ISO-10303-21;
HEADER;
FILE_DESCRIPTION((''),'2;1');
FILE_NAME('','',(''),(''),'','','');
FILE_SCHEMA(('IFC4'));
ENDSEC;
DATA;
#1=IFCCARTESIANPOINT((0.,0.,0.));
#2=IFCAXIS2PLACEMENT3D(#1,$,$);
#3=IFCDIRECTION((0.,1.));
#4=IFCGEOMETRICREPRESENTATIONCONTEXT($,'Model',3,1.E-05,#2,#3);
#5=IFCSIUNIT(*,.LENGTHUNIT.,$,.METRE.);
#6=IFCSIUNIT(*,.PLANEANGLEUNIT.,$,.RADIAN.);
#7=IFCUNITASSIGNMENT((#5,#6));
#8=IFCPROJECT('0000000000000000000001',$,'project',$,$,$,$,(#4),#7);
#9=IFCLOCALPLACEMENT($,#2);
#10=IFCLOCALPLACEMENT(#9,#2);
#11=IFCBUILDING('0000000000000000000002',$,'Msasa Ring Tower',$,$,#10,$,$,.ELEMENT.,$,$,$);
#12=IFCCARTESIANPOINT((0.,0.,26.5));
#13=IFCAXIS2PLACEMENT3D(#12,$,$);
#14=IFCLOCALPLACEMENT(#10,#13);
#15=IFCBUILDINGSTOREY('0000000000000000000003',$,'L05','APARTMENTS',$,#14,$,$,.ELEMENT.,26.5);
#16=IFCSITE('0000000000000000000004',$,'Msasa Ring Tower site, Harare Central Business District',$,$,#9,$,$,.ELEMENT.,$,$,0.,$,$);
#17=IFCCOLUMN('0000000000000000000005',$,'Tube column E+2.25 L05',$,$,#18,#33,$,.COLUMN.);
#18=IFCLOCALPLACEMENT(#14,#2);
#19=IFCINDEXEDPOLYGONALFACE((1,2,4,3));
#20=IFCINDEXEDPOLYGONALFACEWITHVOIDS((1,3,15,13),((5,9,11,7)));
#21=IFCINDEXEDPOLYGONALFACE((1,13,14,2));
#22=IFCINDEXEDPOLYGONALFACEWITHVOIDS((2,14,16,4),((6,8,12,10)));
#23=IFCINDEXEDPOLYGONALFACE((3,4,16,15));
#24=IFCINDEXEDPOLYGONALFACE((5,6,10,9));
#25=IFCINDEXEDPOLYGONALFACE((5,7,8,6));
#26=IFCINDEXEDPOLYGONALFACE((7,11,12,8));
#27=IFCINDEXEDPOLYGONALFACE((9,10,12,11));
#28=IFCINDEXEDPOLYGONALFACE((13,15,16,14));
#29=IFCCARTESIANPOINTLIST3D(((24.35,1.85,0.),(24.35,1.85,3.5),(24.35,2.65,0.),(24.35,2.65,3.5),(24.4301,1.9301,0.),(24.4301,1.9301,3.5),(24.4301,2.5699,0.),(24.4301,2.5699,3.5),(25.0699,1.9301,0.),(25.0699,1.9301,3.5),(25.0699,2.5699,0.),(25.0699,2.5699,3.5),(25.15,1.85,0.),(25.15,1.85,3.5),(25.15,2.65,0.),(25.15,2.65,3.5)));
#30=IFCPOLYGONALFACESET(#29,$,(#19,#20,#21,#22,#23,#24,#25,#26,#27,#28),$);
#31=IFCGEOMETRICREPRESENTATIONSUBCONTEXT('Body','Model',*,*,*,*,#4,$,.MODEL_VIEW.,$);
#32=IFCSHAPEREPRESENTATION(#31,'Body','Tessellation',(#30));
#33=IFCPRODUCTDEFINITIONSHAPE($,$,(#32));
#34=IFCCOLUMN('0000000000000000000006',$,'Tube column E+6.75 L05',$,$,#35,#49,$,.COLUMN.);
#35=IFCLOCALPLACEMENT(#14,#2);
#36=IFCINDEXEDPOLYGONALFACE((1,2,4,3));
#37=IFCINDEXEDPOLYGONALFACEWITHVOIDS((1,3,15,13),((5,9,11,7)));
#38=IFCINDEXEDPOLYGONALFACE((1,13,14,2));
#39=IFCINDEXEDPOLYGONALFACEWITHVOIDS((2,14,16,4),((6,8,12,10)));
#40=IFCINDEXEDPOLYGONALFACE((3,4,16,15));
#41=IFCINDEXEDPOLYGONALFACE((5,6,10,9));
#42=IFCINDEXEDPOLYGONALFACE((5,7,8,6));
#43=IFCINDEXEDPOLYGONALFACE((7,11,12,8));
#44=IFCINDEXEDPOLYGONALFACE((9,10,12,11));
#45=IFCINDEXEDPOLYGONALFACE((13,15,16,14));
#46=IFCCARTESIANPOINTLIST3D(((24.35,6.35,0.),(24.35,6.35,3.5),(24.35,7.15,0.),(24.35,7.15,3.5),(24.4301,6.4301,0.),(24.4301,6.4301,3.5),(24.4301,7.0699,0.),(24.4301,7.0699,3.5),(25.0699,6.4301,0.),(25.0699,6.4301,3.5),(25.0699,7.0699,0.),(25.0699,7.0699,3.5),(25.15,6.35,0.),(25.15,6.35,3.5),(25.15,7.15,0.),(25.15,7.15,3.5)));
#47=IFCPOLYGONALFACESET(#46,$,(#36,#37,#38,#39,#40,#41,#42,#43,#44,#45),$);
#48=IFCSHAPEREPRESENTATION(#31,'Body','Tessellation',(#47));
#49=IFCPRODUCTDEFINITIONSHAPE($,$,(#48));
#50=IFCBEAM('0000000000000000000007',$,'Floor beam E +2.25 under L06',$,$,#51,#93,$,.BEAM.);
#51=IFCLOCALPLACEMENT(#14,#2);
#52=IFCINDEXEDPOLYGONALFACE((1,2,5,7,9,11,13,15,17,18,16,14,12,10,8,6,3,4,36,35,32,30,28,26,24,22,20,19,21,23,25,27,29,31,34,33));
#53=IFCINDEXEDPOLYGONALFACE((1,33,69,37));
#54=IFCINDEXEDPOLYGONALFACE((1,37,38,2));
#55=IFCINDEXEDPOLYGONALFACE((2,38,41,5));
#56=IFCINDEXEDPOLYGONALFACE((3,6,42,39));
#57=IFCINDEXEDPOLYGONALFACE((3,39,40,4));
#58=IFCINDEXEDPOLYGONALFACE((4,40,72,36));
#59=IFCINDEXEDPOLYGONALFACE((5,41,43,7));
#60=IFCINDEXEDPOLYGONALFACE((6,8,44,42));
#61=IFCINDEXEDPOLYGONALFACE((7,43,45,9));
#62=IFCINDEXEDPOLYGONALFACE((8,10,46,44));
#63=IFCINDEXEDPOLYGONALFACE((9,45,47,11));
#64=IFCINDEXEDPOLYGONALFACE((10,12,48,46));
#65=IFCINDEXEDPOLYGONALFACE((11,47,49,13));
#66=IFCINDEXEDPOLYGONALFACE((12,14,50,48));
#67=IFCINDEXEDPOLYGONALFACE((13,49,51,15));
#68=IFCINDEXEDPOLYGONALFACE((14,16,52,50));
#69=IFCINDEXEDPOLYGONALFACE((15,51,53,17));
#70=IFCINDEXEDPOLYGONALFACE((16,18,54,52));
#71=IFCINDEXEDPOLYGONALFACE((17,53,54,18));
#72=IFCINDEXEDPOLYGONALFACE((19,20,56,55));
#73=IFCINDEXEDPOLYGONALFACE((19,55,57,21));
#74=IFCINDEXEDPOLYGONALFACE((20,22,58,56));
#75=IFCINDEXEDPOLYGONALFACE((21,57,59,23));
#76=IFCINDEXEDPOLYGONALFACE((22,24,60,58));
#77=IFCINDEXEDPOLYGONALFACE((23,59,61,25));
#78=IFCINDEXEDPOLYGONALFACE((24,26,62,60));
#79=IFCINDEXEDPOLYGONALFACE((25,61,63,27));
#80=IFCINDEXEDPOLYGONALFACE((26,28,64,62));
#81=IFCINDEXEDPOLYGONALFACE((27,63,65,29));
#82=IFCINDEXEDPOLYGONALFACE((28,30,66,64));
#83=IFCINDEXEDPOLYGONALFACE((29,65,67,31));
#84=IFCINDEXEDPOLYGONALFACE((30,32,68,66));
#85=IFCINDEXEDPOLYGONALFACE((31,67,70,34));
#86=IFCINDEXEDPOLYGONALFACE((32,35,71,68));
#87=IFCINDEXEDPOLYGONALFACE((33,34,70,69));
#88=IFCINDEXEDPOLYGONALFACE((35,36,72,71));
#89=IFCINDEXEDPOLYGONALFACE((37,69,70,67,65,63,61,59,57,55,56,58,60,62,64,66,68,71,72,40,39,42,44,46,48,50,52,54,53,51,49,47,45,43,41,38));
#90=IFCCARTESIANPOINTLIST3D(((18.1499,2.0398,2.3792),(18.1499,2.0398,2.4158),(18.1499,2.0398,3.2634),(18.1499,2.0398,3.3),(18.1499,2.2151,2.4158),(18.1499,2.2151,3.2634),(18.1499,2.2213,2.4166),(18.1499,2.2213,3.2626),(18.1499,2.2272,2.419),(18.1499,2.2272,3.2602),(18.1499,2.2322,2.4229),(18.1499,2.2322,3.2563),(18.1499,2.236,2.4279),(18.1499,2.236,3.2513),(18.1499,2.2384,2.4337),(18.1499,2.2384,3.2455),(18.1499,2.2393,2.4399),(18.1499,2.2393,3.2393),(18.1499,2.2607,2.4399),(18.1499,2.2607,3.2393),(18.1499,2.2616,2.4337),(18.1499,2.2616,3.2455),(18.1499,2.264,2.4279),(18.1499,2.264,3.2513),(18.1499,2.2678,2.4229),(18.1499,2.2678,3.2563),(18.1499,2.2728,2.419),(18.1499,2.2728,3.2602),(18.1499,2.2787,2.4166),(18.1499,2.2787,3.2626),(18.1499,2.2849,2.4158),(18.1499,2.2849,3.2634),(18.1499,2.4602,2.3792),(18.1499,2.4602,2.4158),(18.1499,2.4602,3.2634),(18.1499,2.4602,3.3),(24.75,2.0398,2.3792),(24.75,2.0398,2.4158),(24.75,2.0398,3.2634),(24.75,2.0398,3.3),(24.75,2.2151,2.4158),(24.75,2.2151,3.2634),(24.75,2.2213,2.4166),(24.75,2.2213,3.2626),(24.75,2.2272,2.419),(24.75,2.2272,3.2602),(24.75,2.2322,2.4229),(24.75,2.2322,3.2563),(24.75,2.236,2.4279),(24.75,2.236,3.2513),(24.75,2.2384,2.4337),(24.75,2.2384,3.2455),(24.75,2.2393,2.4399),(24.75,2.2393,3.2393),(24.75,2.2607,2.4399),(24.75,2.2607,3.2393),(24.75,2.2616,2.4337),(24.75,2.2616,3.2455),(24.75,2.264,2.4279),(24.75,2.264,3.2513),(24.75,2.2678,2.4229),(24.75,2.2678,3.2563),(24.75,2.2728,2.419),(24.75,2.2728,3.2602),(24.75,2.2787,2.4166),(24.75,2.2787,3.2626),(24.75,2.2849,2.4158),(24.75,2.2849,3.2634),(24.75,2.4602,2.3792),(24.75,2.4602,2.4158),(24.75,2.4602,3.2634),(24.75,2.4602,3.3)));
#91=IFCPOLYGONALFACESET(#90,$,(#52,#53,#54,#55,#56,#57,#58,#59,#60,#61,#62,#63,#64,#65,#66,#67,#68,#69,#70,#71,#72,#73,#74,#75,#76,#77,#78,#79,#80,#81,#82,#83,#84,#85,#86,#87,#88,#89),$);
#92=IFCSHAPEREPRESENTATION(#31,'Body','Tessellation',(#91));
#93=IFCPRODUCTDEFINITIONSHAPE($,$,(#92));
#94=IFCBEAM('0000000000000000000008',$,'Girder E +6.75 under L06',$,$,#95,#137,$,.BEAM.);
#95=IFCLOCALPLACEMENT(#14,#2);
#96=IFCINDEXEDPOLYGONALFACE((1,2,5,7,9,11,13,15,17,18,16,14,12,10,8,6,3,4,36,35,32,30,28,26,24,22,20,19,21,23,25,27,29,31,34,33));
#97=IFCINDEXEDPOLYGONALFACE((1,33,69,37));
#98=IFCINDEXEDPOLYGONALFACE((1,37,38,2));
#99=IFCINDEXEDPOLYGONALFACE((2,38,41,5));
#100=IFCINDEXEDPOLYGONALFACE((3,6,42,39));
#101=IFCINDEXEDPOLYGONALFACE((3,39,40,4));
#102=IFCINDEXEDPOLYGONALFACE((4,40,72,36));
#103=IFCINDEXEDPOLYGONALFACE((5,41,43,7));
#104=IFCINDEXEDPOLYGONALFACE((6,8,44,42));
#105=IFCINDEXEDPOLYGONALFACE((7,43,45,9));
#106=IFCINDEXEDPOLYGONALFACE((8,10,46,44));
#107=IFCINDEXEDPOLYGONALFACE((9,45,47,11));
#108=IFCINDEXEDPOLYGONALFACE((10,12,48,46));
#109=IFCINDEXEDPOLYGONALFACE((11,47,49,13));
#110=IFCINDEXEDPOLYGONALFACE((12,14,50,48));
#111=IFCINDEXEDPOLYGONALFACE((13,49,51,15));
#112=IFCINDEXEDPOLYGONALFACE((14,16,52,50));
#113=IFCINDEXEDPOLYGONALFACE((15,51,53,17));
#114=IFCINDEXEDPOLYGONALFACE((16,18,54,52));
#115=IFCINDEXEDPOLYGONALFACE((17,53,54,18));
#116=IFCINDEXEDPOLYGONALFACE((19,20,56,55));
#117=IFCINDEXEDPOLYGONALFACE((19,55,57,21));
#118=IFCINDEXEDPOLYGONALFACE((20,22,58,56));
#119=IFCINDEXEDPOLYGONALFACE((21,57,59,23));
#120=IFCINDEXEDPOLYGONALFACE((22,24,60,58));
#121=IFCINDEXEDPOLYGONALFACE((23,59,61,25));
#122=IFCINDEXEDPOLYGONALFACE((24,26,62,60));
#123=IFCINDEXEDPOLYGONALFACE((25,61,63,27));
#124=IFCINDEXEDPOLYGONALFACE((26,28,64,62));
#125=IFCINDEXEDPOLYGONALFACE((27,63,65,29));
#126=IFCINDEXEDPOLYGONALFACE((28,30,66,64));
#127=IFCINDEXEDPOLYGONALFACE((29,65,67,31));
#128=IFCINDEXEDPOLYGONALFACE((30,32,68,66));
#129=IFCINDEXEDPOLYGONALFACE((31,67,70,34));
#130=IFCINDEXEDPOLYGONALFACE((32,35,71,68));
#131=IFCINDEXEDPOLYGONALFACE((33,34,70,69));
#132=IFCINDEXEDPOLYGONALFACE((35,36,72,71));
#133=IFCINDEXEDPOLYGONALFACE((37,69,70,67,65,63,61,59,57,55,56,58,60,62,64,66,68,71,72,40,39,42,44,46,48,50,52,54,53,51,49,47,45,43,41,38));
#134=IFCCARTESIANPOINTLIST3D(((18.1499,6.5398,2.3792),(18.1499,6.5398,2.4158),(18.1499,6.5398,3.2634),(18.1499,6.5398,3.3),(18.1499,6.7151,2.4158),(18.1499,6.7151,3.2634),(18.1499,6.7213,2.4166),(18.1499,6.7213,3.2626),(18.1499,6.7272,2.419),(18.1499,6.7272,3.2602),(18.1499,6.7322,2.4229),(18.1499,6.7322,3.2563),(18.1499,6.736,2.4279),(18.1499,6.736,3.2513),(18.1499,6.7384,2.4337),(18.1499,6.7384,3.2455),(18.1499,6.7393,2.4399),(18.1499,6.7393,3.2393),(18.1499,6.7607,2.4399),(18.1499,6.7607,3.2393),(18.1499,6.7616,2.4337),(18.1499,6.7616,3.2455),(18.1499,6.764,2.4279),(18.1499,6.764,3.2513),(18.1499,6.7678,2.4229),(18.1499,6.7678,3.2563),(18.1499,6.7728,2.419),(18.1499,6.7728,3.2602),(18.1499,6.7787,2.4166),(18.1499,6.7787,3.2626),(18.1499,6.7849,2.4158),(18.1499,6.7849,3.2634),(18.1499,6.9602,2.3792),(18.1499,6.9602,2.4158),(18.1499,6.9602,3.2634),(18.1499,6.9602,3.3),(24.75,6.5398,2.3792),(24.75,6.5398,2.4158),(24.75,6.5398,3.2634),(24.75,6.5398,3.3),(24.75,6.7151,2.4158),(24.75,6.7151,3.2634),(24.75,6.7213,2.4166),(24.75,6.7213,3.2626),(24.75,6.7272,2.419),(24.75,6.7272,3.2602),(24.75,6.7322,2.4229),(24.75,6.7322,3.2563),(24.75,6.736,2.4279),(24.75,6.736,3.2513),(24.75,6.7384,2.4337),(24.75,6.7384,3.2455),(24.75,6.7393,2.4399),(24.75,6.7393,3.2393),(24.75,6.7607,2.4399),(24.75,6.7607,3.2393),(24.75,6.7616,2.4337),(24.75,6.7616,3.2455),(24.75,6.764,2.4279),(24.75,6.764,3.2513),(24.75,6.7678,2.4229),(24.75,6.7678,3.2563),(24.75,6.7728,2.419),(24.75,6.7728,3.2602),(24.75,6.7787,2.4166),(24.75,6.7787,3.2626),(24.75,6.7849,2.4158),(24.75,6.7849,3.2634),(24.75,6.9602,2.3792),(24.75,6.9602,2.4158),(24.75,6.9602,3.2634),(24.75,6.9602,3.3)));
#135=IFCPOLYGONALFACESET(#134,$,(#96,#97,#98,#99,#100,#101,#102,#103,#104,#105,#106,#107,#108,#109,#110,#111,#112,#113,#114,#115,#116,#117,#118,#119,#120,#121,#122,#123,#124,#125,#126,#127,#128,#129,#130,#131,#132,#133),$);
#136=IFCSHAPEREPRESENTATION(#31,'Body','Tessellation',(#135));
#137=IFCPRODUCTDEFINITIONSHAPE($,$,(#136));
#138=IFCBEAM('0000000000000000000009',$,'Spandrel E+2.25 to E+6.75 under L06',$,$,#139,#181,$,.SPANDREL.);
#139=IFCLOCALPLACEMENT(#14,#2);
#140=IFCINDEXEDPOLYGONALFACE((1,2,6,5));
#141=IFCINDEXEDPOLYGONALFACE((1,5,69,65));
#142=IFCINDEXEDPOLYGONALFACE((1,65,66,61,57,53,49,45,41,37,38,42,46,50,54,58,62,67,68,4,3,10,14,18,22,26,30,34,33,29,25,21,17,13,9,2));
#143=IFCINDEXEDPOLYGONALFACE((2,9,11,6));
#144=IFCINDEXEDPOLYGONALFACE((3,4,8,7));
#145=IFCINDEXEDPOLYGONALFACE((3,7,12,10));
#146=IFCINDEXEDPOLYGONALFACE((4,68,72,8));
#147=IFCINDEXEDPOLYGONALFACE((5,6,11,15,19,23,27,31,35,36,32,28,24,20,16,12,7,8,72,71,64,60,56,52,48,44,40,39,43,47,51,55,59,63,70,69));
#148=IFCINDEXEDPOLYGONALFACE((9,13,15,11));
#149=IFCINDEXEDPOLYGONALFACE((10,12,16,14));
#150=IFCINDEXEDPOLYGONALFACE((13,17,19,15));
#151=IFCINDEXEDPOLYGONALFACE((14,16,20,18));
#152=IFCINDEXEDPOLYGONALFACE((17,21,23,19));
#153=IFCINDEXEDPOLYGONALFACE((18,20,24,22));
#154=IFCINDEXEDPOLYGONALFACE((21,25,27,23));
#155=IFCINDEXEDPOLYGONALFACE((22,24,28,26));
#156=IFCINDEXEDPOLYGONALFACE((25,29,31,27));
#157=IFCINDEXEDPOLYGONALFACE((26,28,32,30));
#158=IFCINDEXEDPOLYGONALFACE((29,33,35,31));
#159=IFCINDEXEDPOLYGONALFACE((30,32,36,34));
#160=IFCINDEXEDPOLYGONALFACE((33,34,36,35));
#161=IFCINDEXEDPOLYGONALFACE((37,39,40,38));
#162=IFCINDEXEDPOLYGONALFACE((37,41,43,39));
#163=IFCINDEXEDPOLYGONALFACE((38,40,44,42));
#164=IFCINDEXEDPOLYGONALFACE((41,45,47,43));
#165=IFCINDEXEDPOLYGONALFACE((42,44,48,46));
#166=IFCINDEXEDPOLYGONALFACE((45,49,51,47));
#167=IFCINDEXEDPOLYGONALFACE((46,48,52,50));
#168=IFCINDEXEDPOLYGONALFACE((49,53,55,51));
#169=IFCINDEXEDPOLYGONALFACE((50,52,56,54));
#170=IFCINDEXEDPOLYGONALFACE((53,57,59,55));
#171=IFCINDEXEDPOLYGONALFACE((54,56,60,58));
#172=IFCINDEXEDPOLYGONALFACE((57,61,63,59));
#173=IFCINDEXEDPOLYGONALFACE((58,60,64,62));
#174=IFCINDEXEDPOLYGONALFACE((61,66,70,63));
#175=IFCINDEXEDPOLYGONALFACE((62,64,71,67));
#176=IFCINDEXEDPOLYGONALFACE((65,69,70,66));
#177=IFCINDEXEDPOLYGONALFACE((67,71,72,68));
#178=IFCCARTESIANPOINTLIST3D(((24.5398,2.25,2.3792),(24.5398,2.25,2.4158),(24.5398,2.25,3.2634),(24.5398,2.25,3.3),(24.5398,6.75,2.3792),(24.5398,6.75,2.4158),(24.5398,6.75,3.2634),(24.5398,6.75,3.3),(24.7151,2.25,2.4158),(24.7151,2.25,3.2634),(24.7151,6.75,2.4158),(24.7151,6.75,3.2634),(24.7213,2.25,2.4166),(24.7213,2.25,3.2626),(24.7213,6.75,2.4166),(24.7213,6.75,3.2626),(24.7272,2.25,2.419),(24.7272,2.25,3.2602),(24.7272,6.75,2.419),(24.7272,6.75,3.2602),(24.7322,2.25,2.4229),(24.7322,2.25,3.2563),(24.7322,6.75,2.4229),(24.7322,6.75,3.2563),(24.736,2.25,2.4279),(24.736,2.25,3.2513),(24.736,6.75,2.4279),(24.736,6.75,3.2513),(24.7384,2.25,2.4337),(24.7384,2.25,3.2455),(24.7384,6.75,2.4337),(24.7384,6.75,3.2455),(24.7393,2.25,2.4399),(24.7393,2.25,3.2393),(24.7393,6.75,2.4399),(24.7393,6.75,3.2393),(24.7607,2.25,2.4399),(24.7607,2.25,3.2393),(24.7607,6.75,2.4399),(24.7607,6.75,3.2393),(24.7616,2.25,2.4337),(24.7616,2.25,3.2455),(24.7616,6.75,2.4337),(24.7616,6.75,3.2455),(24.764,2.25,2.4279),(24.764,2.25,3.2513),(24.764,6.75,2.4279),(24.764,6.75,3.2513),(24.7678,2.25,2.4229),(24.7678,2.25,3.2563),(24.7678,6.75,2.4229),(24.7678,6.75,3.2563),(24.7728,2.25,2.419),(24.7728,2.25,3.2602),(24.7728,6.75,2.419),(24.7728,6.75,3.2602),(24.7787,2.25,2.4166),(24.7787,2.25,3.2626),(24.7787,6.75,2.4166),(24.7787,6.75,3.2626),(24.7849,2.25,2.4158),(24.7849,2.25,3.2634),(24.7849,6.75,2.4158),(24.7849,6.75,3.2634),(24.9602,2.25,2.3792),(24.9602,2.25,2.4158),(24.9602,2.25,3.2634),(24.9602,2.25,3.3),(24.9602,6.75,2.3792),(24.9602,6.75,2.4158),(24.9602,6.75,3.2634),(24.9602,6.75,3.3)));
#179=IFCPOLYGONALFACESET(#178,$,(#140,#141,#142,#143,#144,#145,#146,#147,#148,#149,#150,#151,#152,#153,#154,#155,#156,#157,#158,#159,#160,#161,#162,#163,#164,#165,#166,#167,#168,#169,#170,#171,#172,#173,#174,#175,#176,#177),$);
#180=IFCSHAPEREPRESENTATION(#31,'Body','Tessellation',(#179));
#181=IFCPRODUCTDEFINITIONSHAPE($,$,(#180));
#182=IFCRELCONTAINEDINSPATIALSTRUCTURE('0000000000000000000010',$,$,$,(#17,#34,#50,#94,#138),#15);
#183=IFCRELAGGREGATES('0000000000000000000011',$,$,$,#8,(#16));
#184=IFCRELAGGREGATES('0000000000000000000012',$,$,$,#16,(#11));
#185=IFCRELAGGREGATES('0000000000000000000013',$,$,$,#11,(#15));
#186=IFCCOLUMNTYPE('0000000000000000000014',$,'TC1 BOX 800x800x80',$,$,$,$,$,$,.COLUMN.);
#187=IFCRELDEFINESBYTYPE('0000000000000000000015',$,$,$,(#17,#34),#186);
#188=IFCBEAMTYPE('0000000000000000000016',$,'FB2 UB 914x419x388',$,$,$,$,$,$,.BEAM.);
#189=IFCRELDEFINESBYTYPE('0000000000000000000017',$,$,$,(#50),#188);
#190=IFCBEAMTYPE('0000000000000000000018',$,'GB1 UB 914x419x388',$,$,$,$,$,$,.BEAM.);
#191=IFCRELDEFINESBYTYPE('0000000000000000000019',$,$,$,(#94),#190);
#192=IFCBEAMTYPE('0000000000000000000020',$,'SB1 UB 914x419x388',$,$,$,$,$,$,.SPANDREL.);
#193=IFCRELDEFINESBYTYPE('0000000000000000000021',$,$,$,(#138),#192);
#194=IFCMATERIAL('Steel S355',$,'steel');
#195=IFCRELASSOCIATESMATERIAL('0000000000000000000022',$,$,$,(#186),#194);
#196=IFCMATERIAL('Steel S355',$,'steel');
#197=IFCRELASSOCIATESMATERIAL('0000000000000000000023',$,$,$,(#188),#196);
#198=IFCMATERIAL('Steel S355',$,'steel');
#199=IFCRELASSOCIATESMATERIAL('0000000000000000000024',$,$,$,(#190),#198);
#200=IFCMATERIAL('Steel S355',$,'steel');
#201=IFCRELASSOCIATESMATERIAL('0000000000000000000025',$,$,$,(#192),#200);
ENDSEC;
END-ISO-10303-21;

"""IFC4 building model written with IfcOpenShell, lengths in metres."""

from ifc_helpers import new_model, si_unit, direction, frame, origin, origin_2d, place, context, subcontext, project, spatial, hollow_rectangle, i_section, extrude, material, material_profile, profile_set, type_object, element, save


model = new_model("IFC4")

# Units and contexts
model_context = context("Model", 3, precision=1e-05, world=origin(), true_north=direction((0.0, 1.0)))
body_context = subcontext(model_context, "Body", "Model", "MODEL_VIEW")
ifc_project = project(units=[si_unit("LENGTHUNIT", "METRE"), si_unit("PLANEANGLEUNIT", "RADIAN")], contexts=[model_context])

# Site, building, storey
site_placement = place(None, origin())
site = spatial("IfcSite", under=ifc_project, at=site_placement, Name="Msasa Ring Tower site, Harare Central Business District", CompositionType="ELEMENT", RefElevation=0.0)
building_placement = place(site_placement, origin())
building = spatial("IfcBuilding", under=site, at=building_placement, Name="Msasa Ring Tower", CompositionType="ELEMENT")
storey_placement = place(building_placement, frame((0.0, 0.0, 26.5)))
storey = spatial("IfcBuildingStorey", under=building, at=storey_placement, Name="L05", Description="APARTMENTS", CompositionType="ELEMENT", Elevation=26.5)

# Columns
ifc_material_1 = material(Name="Steel S355", Category="steel")
ifc_material_profile_1 = material_profile(ifc_material_1, hollow_rectangle(XDim=0.8, YDim=0.8, WallThickness=0.0801, at=origin_2d()), Name="BOX 800x800x80")
ifc_profile_set_1 = profile_set([ifc_material_profile_1], Name="Steel S355")
column_type = type_object("IfcColumnType", Name="TC1 BOX 800x800x80", PredefinedType="COLUMN", material=ifc_profile_set_1)
for number, where, z_axis, x_axis, name in (
    (1, (24.75, 2.25, 0.0), (0.0, 0.0, 1.0), (1.0, 0.0, 0.0), "Tube column E+2.25 L05"),
    (2, (24.75, 6.75, 0.0), (0.0, 0.0, 1.0), (1.0, 0.0, 0.0), "Tube column E+6.75 L05"),
):
    element("IfcColumn", number, at=place(storey_placement, frame(where, z_axis=z_axis, x_axis=x_axis)), inside=storey, type_object=column_type, Name=name, PredefinedType="COLUMN", context=body_context, shape_type="SweptSolid", body=[
        extrude(hollow_rectangle(XDim=0.8, YDim=0.8, WallThickness=0.0801, at=origin_2d()), origin(), (0.0, 0.0, 1.0), 3.5),
    ])

# Beams
ifc_material_2 = material(Name="Steel S355", Category="steel")
ifc_material_profile_2 = material_profile(ifc_material_2, i_section(OverallWidth=0.4204, OverallDepth=0.9209, WebThickness=0.0215, FlangeThickness=0.0366, FilletRadius=0.0242, at=origin_2d()), Name="UB 914x419x388")
ifc_profile_set_2 = profile_set([ifc_material_profile_2], Name="Steel S355")
beam_type_1 = type_object("IfcBeamType", Name="FB2 UB 914x419x388", PredefinedType="BEAM", material=ifc_profile_set_2)
beam_1_placement = place(storey_placement, frame((24.75, 2.25, 2.8396), z_axis=(-1.0, 0.0, 0.0), x_axis=(0.0, -1.0, 0.0)))
element("IfcBeam", 3, at=beam_1_placement, inside=storey, type_object=beam_type_1, Name="Floor beam E +2.25 under L06", PredefinedType="BEAM", context=body_context, shape_type="SweptSolid", body=[
    extrude(i_section(OverallWidth=0.4204, OverallDepth=0.9209, WebThickness=0.0215, FlangeThickness=0.0366, FilletRadius=0.0242, at=origin_2d()), origin(), (0.0, 0.0, 1.0), 6.6001),
])
ifc_material_3 = material(Name="Steel S355", Category="steel")
ifc_material_profile_3 = material_profile(ifc_material_3, i_section(OverallWidth=0.4204, OverallDepth=0.9209, WebThickness=0.0215, FlangeThickness=0.0366, FilletRadius=0.0242, at=origin_2d()), Name="UB 914x419x388")
ifc_profile_set_3 = profile_set([ifc_material_profile_3], Name="Steel S355")
beam_type_2 = type_object("IfcBeamType", Name="GB1 UB 914x419x388", PredefinedType="BEAM", material=ifc_profile_set_3)
beam_2_placement = place(storey_placement, frame((18.1499, 6.75, 2.8396), z_axis=(1.0, 0.0, 0.0), x_axis=(0.0, 1.0, 0.0)))
element("IfcBeam", 4, at=beam_2_placement, inside=storey, type_object=beam_type_2, Name="Girder E +6.75 under L06", PredefinedType="BEAM", context=body_context, shape_type="SweptSolid", body=[
    extrude(i_section(OverallWidth=0.4204, OverallDepth=0.9209, WebThickness=0.0215, FlangeThickness=0.0366, FilletRadius=0.0242, at=origin_2d()), origin(), (0.0, 0.0, 1.0), 6.6001),
])
ifc_material_4 = material(Name="Steel S355", Category="steel")
ifc_material_profile_4 = material_profile(ifc_material_4, i_section(OverallWidth=0.4204, OverallDepth=0.9209, WebThickness=0.0215, FlangeThickness=0.0366, FilletRadius=0.0242, at=origin_2d()), Name="UB 914x419x388")
ifc_profile_set_4 = profile_set([ifc_material_profile_4], Name="Steel S355")
beam_type_3 = type_object("IfcBeamType", Name="SB1 UB 914x419x388", PredefinedType="SPANDREL", material=ifc_profile_set_4)
for number, where, z_axis, x_axis, name in (
    (5, (24.75, 2.25, 2.8396), (0.0, 1.0, 0.0), (-1.0, 0.0, 0.0), "Spandrel E+2.25 to E+6.75 under L06"),
):
    element("IfcBeam", number, at=place(storey_placement, frame(where, z_axis=z_axis, x_axis=x_axis)), inside=storey, type_object=beam_type_3, Name=name, PredefinedType="SPANDREL", context=body_context, shape_type="SweptSolid", body=[
        extrude(i_section(OverallWidth=0.4204, OverallDepth=0.9209, WebThickness=0.0215, FlangeThickness=0.0366, FilletRadius=0.0242, at=origin_2d()), origin(), (0.0, 0.0, 1.0), 4.5),
    ])

save(model, "model.ifc")
